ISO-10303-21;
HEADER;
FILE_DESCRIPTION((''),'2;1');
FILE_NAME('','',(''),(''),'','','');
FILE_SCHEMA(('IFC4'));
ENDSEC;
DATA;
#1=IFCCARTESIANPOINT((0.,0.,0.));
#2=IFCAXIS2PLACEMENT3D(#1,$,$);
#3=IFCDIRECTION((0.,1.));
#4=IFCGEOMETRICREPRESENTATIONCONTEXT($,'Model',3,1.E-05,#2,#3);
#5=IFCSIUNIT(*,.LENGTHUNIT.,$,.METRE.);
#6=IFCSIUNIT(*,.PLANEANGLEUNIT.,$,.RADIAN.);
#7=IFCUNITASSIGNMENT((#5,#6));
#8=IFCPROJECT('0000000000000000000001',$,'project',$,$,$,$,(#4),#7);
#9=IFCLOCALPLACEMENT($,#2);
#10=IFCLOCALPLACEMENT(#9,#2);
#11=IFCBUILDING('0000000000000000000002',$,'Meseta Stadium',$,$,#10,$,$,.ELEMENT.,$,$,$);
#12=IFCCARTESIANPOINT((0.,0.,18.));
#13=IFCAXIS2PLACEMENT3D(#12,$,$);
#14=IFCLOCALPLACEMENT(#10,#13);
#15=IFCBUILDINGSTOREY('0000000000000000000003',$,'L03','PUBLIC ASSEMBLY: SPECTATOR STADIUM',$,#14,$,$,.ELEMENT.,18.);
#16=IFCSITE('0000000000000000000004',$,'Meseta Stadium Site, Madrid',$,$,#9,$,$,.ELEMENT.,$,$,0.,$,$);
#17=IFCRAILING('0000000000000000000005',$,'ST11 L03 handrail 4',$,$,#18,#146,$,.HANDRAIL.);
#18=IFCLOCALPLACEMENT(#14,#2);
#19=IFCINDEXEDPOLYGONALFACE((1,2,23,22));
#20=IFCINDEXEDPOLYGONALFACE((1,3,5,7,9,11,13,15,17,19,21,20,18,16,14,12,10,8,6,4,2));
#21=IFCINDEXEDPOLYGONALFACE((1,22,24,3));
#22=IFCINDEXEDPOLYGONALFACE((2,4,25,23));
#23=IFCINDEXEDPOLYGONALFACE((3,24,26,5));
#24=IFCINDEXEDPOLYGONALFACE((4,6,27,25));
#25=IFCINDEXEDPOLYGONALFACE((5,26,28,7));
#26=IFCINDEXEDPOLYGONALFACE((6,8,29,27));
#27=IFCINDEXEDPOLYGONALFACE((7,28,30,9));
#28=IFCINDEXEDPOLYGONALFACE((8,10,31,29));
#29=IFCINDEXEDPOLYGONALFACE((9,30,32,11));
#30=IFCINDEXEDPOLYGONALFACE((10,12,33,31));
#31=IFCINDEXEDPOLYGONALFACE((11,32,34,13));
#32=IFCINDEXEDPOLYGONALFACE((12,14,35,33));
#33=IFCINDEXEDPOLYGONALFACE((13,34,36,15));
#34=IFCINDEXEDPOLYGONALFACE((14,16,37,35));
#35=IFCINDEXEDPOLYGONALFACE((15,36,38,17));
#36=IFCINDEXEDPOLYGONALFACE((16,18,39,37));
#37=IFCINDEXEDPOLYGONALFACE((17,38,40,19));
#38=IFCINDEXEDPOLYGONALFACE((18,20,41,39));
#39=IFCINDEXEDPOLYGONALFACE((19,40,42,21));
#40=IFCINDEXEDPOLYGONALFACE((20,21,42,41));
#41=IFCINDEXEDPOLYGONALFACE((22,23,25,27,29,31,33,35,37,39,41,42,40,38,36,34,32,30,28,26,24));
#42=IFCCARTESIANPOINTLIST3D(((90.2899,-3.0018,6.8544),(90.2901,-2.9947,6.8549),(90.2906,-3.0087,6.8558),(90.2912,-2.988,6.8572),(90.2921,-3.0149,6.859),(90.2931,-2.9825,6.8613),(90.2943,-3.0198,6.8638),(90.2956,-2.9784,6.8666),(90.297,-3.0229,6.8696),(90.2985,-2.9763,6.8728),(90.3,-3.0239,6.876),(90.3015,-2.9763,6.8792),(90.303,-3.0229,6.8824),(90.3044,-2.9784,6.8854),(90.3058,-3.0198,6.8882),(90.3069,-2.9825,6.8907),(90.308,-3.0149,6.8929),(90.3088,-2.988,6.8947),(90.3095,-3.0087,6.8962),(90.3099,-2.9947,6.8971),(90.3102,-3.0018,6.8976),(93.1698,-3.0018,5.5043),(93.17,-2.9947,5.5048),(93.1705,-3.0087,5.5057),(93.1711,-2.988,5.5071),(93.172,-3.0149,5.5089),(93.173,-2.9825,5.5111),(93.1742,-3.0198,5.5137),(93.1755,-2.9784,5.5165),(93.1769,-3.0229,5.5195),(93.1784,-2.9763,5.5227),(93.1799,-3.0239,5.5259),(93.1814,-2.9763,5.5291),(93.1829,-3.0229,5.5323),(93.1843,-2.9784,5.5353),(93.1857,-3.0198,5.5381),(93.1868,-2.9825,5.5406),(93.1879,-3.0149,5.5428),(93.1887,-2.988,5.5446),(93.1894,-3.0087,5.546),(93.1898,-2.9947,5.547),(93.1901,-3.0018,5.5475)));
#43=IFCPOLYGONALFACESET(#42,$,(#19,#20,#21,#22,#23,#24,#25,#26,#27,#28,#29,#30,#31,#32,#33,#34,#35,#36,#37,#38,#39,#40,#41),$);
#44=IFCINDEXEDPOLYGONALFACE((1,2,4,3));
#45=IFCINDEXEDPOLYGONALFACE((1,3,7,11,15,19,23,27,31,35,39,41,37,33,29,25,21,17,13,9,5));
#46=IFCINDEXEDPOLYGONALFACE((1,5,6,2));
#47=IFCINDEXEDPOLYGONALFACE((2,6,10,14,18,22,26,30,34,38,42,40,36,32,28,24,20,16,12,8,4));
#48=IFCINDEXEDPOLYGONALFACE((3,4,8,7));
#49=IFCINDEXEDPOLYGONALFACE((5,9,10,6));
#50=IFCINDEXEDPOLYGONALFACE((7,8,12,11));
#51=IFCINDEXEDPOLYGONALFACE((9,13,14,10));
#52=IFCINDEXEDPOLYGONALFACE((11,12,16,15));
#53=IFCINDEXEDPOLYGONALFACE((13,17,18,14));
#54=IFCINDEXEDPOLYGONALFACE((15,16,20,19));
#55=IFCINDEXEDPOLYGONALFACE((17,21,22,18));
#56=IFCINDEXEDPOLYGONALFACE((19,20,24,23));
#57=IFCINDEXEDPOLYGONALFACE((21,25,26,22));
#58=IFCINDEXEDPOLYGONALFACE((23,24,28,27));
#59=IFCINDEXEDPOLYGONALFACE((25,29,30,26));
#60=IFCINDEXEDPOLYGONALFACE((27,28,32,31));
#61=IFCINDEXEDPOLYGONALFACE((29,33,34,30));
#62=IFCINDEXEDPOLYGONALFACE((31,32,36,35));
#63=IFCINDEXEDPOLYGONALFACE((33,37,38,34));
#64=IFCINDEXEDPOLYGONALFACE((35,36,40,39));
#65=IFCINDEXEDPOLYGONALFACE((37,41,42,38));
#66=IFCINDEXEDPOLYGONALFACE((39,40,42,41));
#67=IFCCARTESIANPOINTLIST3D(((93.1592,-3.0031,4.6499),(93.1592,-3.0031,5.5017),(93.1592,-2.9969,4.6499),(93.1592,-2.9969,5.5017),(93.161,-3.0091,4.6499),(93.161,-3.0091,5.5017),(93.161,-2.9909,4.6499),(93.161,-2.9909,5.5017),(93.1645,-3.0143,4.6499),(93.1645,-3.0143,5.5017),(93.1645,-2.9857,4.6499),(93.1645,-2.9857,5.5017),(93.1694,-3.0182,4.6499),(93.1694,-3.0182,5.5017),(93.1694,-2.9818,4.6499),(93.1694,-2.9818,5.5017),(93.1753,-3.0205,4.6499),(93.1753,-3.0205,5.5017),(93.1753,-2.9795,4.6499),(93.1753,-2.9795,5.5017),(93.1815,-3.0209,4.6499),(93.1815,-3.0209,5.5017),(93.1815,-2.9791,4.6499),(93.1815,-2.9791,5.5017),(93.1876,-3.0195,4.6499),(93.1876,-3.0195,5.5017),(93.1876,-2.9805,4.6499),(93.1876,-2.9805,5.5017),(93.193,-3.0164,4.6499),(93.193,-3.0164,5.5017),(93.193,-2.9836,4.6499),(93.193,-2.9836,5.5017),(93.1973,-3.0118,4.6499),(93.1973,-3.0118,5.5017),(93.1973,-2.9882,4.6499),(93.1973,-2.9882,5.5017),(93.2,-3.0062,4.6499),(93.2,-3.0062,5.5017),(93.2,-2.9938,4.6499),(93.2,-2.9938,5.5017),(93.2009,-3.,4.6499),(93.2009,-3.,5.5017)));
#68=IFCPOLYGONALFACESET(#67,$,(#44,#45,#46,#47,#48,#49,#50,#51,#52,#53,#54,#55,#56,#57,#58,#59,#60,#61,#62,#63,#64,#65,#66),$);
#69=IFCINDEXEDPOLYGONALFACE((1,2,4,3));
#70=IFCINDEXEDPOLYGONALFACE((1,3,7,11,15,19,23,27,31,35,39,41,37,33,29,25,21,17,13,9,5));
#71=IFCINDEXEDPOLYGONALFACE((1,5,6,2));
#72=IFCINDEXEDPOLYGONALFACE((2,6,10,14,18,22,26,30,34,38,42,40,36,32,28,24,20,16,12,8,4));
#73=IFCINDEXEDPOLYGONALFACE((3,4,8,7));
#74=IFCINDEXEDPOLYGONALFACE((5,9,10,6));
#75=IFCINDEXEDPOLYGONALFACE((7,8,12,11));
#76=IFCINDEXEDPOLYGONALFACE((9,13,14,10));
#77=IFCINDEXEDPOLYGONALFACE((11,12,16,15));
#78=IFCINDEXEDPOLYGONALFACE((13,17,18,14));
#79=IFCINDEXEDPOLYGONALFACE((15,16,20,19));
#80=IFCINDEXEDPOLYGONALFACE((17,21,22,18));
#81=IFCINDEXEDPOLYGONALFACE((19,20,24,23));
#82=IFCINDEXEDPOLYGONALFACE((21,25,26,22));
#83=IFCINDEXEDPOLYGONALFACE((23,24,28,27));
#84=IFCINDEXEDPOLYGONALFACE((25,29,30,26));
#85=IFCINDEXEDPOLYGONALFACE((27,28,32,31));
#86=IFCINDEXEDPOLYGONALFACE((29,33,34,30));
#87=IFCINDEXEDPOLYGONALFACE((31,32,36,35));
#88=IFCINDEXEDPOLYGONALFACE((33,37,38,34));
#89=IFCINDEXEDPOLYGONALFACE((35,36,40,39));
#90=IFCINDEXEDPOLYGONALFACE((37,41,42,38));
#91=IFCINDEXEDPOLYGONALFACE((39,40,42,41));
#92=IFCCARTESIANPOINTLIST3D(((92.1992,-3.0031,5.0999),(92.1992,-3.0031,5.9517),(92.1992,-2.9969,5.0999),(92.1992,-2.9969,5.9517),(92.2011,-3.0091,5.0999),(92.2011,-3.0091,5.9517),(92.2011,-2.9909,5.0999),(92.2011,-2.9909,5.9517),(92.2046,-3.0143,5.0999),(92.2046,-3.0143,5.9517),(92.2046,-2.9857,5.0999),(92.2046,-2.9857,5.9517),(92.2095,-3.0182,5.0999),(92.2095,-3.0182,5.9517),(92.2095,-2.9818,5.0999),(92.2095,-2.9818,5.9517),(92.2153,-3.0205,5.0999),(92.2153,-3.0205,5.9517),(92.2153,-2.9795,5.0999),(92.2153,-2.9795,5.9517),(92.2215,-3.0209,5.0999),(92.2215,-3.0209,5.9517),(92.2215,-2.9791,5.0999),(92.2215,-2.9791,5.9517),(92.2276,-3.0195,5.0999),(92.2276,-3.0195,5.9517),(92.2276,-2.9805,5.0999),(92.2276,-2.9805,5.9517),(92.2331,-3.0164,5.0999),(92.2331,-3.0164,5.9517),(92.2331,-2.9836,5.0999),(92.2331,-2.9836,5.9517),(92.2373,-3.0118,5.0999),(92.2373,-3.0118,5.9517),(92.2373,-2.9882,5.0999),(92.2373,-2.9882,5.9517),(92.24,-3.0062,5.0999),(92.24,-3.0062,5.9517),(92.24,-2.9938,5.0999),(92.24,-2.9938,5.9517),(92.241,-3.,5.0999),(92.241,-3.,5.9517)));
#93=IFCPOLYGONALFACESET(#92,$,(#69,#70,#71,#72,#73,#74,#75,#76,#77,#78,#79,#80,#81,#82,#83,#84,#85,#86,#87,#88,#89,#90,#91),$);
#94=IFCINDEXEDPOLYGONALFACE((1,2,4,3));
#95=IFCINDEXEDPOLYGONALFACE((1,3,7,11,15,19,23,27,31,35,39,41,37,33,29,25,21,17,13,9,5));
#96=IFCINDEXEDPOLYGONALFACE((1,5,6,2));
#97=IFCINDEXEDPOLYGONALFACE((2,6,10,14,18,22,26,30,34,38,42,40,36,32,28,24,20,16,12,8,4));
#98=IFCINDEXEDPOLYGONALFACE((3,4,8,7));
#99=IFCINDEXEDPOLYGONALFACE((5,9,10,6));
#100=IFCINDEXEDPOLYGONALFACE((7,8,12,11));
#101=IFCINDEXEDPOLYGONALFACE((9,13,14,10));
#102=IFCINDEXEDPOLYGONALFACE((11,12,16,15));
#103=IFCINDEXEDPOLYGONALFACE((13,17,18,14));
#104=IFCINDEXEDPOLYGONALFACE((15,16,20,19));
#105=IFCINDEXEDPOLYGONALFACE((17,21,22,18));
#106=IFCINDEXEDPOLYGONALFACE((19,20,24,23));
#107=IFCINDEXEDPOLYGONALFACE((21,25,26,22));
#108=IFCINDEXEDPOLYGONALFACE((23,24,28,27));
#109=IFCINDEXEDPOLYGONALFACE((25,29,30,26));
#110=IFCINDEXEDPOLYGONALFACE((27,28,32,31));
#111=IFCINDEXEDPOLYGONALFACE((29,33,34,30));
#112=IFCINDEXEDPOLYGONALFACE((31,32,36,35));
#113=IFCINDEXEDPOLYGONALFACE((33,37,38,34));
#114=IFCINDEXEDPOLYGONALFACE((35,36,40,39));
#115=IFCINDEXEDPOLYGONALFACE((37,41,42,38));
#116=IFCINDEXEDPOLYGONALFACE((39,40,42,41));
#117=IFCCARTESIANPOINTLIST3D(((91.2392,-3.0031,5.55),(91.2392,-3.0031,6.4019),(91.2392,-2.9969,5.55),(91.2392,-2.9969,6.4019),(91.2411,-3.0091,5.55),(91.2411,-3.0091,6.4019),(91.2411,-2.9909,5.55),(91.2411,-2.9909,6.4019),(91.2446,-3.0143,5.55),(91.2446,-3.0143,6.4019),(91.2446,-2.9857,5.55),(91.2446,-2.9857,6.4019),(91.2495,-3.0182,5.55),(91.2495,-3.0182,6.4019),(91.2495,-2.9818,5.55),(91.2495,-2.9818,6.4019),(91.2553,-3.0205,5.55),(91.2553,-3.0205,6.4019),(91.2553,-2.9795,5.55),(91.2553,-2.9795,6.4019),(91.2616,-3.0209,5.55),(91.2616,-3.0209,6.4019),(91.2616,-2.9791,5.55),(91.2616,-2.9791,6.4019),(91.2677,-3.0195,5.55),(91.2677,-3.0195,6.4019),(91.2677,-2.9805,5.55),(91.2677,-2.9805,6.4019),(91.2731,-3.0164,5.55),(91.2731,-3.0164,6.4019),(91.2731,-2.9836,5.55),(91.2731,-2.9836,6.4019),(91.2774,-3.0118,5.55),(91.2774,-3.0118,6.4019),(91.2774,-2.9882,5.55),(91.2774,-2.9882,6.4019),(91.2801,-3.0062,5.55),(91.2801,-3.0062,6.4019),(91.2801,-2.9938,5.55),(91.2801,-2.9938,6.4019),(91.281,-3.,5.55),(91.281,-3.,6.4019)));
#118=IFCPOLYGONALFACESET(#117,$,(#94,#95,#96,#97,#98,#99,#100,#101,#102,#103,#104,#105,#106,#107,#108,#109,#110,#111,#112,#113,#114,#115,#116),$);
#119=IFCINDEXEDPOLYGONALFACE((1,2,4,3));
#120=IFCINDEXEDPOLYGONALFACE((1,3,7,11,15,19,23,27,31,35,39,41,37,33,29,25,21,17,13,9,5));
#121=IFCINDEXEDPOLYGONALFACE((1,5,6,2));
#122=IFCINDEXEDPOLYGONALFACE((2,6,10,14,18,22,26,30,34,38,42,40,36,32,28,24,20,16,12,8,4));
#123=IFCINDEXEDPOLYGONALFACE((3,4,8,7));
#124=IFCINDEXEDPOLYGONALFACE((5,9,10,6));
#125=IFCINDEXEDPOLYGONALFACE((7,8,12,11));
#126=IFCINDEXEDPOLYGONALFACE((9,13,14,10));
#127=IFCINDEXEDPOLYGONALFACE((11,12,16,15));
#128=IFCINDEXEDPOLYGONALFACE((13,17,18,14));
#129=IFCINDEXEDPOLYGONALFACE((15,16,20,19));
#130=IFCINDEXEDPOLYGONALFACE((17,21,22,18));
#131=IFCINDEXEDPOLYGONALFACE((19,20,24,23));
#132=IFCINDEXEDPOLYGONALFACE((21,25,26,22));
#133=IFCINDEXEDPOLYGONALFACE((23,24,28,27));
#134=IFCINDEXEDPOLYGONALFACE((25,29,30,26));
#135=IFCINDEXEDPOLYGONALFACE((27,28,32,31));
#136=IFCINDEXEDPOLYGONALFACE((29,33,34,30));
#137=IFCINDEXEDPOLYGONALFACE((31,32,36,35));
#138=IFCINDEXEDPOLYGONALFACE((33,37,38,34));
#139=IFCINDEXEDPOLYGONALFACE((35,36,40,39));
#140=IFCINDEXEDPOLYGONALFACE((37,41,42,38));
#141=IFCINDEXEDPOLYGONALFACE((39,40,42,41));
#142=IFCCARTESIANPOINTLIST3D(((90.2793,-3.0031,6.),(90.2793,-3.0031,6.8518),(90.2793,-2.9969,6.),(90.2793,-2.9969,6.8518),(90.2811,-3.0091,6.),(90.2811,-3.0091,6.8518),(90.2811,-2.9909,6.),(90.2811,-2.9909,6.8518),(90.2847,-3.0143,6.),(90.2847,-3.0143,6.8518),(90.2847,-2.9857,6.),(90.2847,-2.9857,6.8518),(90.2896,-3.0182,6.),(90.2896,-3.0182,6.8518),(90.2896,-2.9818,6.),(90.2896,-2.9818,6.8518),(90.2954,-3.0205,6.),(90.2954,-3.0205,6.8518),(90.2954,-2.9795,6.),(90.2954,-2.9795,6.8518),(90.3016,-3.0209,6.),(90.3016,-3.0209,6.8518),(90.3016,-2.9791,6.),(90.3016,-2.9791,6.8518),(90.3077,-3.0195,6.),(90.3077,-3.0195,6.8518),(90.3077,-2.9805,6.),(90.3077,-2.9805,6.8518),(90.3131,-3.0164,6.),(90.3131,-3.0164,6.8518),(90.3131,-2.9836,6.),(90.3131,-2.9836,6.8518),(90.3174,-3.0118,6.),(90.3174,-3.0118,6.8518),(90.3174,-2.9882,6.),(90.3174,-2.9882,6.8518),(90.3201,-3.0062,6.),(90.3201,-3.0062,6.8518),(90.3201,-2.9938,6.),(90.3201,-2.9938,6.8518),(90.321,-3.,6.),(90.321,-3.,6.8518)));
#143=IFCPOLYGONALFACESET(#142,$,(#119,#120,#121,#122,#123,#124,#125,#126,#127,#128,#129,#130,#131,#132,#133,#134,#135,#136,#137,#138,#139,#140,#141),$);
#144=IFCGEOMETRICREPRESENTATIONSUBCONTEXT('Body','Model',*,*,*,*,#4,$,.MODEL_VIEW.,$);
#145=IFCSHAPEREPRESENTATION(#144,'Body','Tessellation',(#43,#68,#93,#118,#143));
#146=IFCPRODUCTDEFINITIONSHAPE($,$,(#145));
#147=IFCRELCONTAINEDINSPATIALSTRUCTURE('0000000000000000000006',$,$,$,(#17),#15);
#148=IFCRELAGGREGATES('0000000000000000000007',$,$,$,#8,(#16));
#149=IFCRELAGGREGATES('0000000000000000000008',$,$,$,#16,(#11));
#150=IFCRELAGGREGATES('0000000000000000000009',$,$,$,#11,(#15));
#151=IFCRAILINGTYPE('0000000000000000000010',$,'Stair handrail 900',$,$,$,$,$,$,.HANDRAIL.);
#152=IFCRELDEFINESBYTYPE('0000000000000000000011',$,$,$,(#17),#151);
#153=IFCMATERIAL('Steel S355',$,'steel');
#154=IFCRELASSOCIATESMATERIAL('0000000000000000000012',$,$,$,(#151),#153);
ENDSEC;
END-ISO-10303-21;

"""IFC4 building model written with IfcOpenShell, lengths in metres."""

from ifc_helpers import new_model, si_unit, direction, frame, origin, origin_2d, place, context, subcontext, project, spatial, circle, extrude, material, type_object, element, save


model = new_model("IFC4")

# Units and contexts
model_context = context("Model", 3, precision=1e-05, world=origin(), true_north=direction((0.0, 1.0)))
body_context = subcontext(model_context, "Body", "Model", "MODEL_VIEW")
ifc_project = project(units=[si_unit("LENGTHUNIT", "METRE"), si_unit("PLANEANGLEUNIT", "RADIAN")], contexts=[model_context])

# Site, building, storey
site_placement = place(None, origin())
site = spatial("IfcSite", under=ifc_project, at=site_placement, Name="Meseta Stadium Site, Madrid", CompositionType="ELEMENT", RefElevation=0.0)
building_placement = place(site_placement, origin())
building = spatial("IfcBuilding", under=site, at=building_placement, Name="Meseta Stadium", CompositionType="ELEMENT")
storey_placement = place(building_placement, frame((0.0, 0.0, 18.0)))
storey = spatial("IfcBuildingStorey", under=building, at=storey_placement, Name="L03", Description="PUBLIC ASSEMBLY: SPECTATOR STADIUM", CompositionType="ELEMENT", Elevation=18.0)

# Railing
ifc_material_1 = material(Name="Steel S355", Category="steel")
railing_type_1 = type_object("IfcRailingType", Name="Stair handrail 900", PredefinedType="HANDRAIL", material=ifc_material_1)
for number, where, name in (
    (1, (93.1799, -3.0, 4.6499), "ST11 L03 handrail 4"),
):
    element("IfcRailing", number, at=place(storey_placement, frame(where)), inside=storey, type_object=railing_type_1, Name=name, PredefinedType="HANDRAIL", context=body_context, shape_type="SweptSolid", body=[
        extrude(circle(Radius=0.0239, at=origin_2d()), frame((0.0, 0.0, 0.876), z_axis=(-0.90544, 0.0, 0.424473), x_axis=(0.0, -1.0, 0.0)), (0.0, 0.0, 1.0), 3.1807),
        extrude(circle(Radius=0.021, at=origin_2d()), origin(), (0.0, 0.0, 1.0), 0.8518),
        extrude(circle(Radius=0.021, at=origin_2d()), frame((-0.96, 0.0, 0.45)), (0.0, 0.0, 1.0), 0.8518),
        extrude(circle(Radius=0.021, at=origin_2d()), frame((-1.9199, 0.0, 0.9001)), (0.0, 0.0, 1.0), 0.8518),
        extrude(circle(Radius=0.021, at=origin_2d()), frame((-2.8799, 0.0, 1.3501)), (0.0, 0.0, 1.0), 0.8518),
    ])

save(model, "model.ifc")
